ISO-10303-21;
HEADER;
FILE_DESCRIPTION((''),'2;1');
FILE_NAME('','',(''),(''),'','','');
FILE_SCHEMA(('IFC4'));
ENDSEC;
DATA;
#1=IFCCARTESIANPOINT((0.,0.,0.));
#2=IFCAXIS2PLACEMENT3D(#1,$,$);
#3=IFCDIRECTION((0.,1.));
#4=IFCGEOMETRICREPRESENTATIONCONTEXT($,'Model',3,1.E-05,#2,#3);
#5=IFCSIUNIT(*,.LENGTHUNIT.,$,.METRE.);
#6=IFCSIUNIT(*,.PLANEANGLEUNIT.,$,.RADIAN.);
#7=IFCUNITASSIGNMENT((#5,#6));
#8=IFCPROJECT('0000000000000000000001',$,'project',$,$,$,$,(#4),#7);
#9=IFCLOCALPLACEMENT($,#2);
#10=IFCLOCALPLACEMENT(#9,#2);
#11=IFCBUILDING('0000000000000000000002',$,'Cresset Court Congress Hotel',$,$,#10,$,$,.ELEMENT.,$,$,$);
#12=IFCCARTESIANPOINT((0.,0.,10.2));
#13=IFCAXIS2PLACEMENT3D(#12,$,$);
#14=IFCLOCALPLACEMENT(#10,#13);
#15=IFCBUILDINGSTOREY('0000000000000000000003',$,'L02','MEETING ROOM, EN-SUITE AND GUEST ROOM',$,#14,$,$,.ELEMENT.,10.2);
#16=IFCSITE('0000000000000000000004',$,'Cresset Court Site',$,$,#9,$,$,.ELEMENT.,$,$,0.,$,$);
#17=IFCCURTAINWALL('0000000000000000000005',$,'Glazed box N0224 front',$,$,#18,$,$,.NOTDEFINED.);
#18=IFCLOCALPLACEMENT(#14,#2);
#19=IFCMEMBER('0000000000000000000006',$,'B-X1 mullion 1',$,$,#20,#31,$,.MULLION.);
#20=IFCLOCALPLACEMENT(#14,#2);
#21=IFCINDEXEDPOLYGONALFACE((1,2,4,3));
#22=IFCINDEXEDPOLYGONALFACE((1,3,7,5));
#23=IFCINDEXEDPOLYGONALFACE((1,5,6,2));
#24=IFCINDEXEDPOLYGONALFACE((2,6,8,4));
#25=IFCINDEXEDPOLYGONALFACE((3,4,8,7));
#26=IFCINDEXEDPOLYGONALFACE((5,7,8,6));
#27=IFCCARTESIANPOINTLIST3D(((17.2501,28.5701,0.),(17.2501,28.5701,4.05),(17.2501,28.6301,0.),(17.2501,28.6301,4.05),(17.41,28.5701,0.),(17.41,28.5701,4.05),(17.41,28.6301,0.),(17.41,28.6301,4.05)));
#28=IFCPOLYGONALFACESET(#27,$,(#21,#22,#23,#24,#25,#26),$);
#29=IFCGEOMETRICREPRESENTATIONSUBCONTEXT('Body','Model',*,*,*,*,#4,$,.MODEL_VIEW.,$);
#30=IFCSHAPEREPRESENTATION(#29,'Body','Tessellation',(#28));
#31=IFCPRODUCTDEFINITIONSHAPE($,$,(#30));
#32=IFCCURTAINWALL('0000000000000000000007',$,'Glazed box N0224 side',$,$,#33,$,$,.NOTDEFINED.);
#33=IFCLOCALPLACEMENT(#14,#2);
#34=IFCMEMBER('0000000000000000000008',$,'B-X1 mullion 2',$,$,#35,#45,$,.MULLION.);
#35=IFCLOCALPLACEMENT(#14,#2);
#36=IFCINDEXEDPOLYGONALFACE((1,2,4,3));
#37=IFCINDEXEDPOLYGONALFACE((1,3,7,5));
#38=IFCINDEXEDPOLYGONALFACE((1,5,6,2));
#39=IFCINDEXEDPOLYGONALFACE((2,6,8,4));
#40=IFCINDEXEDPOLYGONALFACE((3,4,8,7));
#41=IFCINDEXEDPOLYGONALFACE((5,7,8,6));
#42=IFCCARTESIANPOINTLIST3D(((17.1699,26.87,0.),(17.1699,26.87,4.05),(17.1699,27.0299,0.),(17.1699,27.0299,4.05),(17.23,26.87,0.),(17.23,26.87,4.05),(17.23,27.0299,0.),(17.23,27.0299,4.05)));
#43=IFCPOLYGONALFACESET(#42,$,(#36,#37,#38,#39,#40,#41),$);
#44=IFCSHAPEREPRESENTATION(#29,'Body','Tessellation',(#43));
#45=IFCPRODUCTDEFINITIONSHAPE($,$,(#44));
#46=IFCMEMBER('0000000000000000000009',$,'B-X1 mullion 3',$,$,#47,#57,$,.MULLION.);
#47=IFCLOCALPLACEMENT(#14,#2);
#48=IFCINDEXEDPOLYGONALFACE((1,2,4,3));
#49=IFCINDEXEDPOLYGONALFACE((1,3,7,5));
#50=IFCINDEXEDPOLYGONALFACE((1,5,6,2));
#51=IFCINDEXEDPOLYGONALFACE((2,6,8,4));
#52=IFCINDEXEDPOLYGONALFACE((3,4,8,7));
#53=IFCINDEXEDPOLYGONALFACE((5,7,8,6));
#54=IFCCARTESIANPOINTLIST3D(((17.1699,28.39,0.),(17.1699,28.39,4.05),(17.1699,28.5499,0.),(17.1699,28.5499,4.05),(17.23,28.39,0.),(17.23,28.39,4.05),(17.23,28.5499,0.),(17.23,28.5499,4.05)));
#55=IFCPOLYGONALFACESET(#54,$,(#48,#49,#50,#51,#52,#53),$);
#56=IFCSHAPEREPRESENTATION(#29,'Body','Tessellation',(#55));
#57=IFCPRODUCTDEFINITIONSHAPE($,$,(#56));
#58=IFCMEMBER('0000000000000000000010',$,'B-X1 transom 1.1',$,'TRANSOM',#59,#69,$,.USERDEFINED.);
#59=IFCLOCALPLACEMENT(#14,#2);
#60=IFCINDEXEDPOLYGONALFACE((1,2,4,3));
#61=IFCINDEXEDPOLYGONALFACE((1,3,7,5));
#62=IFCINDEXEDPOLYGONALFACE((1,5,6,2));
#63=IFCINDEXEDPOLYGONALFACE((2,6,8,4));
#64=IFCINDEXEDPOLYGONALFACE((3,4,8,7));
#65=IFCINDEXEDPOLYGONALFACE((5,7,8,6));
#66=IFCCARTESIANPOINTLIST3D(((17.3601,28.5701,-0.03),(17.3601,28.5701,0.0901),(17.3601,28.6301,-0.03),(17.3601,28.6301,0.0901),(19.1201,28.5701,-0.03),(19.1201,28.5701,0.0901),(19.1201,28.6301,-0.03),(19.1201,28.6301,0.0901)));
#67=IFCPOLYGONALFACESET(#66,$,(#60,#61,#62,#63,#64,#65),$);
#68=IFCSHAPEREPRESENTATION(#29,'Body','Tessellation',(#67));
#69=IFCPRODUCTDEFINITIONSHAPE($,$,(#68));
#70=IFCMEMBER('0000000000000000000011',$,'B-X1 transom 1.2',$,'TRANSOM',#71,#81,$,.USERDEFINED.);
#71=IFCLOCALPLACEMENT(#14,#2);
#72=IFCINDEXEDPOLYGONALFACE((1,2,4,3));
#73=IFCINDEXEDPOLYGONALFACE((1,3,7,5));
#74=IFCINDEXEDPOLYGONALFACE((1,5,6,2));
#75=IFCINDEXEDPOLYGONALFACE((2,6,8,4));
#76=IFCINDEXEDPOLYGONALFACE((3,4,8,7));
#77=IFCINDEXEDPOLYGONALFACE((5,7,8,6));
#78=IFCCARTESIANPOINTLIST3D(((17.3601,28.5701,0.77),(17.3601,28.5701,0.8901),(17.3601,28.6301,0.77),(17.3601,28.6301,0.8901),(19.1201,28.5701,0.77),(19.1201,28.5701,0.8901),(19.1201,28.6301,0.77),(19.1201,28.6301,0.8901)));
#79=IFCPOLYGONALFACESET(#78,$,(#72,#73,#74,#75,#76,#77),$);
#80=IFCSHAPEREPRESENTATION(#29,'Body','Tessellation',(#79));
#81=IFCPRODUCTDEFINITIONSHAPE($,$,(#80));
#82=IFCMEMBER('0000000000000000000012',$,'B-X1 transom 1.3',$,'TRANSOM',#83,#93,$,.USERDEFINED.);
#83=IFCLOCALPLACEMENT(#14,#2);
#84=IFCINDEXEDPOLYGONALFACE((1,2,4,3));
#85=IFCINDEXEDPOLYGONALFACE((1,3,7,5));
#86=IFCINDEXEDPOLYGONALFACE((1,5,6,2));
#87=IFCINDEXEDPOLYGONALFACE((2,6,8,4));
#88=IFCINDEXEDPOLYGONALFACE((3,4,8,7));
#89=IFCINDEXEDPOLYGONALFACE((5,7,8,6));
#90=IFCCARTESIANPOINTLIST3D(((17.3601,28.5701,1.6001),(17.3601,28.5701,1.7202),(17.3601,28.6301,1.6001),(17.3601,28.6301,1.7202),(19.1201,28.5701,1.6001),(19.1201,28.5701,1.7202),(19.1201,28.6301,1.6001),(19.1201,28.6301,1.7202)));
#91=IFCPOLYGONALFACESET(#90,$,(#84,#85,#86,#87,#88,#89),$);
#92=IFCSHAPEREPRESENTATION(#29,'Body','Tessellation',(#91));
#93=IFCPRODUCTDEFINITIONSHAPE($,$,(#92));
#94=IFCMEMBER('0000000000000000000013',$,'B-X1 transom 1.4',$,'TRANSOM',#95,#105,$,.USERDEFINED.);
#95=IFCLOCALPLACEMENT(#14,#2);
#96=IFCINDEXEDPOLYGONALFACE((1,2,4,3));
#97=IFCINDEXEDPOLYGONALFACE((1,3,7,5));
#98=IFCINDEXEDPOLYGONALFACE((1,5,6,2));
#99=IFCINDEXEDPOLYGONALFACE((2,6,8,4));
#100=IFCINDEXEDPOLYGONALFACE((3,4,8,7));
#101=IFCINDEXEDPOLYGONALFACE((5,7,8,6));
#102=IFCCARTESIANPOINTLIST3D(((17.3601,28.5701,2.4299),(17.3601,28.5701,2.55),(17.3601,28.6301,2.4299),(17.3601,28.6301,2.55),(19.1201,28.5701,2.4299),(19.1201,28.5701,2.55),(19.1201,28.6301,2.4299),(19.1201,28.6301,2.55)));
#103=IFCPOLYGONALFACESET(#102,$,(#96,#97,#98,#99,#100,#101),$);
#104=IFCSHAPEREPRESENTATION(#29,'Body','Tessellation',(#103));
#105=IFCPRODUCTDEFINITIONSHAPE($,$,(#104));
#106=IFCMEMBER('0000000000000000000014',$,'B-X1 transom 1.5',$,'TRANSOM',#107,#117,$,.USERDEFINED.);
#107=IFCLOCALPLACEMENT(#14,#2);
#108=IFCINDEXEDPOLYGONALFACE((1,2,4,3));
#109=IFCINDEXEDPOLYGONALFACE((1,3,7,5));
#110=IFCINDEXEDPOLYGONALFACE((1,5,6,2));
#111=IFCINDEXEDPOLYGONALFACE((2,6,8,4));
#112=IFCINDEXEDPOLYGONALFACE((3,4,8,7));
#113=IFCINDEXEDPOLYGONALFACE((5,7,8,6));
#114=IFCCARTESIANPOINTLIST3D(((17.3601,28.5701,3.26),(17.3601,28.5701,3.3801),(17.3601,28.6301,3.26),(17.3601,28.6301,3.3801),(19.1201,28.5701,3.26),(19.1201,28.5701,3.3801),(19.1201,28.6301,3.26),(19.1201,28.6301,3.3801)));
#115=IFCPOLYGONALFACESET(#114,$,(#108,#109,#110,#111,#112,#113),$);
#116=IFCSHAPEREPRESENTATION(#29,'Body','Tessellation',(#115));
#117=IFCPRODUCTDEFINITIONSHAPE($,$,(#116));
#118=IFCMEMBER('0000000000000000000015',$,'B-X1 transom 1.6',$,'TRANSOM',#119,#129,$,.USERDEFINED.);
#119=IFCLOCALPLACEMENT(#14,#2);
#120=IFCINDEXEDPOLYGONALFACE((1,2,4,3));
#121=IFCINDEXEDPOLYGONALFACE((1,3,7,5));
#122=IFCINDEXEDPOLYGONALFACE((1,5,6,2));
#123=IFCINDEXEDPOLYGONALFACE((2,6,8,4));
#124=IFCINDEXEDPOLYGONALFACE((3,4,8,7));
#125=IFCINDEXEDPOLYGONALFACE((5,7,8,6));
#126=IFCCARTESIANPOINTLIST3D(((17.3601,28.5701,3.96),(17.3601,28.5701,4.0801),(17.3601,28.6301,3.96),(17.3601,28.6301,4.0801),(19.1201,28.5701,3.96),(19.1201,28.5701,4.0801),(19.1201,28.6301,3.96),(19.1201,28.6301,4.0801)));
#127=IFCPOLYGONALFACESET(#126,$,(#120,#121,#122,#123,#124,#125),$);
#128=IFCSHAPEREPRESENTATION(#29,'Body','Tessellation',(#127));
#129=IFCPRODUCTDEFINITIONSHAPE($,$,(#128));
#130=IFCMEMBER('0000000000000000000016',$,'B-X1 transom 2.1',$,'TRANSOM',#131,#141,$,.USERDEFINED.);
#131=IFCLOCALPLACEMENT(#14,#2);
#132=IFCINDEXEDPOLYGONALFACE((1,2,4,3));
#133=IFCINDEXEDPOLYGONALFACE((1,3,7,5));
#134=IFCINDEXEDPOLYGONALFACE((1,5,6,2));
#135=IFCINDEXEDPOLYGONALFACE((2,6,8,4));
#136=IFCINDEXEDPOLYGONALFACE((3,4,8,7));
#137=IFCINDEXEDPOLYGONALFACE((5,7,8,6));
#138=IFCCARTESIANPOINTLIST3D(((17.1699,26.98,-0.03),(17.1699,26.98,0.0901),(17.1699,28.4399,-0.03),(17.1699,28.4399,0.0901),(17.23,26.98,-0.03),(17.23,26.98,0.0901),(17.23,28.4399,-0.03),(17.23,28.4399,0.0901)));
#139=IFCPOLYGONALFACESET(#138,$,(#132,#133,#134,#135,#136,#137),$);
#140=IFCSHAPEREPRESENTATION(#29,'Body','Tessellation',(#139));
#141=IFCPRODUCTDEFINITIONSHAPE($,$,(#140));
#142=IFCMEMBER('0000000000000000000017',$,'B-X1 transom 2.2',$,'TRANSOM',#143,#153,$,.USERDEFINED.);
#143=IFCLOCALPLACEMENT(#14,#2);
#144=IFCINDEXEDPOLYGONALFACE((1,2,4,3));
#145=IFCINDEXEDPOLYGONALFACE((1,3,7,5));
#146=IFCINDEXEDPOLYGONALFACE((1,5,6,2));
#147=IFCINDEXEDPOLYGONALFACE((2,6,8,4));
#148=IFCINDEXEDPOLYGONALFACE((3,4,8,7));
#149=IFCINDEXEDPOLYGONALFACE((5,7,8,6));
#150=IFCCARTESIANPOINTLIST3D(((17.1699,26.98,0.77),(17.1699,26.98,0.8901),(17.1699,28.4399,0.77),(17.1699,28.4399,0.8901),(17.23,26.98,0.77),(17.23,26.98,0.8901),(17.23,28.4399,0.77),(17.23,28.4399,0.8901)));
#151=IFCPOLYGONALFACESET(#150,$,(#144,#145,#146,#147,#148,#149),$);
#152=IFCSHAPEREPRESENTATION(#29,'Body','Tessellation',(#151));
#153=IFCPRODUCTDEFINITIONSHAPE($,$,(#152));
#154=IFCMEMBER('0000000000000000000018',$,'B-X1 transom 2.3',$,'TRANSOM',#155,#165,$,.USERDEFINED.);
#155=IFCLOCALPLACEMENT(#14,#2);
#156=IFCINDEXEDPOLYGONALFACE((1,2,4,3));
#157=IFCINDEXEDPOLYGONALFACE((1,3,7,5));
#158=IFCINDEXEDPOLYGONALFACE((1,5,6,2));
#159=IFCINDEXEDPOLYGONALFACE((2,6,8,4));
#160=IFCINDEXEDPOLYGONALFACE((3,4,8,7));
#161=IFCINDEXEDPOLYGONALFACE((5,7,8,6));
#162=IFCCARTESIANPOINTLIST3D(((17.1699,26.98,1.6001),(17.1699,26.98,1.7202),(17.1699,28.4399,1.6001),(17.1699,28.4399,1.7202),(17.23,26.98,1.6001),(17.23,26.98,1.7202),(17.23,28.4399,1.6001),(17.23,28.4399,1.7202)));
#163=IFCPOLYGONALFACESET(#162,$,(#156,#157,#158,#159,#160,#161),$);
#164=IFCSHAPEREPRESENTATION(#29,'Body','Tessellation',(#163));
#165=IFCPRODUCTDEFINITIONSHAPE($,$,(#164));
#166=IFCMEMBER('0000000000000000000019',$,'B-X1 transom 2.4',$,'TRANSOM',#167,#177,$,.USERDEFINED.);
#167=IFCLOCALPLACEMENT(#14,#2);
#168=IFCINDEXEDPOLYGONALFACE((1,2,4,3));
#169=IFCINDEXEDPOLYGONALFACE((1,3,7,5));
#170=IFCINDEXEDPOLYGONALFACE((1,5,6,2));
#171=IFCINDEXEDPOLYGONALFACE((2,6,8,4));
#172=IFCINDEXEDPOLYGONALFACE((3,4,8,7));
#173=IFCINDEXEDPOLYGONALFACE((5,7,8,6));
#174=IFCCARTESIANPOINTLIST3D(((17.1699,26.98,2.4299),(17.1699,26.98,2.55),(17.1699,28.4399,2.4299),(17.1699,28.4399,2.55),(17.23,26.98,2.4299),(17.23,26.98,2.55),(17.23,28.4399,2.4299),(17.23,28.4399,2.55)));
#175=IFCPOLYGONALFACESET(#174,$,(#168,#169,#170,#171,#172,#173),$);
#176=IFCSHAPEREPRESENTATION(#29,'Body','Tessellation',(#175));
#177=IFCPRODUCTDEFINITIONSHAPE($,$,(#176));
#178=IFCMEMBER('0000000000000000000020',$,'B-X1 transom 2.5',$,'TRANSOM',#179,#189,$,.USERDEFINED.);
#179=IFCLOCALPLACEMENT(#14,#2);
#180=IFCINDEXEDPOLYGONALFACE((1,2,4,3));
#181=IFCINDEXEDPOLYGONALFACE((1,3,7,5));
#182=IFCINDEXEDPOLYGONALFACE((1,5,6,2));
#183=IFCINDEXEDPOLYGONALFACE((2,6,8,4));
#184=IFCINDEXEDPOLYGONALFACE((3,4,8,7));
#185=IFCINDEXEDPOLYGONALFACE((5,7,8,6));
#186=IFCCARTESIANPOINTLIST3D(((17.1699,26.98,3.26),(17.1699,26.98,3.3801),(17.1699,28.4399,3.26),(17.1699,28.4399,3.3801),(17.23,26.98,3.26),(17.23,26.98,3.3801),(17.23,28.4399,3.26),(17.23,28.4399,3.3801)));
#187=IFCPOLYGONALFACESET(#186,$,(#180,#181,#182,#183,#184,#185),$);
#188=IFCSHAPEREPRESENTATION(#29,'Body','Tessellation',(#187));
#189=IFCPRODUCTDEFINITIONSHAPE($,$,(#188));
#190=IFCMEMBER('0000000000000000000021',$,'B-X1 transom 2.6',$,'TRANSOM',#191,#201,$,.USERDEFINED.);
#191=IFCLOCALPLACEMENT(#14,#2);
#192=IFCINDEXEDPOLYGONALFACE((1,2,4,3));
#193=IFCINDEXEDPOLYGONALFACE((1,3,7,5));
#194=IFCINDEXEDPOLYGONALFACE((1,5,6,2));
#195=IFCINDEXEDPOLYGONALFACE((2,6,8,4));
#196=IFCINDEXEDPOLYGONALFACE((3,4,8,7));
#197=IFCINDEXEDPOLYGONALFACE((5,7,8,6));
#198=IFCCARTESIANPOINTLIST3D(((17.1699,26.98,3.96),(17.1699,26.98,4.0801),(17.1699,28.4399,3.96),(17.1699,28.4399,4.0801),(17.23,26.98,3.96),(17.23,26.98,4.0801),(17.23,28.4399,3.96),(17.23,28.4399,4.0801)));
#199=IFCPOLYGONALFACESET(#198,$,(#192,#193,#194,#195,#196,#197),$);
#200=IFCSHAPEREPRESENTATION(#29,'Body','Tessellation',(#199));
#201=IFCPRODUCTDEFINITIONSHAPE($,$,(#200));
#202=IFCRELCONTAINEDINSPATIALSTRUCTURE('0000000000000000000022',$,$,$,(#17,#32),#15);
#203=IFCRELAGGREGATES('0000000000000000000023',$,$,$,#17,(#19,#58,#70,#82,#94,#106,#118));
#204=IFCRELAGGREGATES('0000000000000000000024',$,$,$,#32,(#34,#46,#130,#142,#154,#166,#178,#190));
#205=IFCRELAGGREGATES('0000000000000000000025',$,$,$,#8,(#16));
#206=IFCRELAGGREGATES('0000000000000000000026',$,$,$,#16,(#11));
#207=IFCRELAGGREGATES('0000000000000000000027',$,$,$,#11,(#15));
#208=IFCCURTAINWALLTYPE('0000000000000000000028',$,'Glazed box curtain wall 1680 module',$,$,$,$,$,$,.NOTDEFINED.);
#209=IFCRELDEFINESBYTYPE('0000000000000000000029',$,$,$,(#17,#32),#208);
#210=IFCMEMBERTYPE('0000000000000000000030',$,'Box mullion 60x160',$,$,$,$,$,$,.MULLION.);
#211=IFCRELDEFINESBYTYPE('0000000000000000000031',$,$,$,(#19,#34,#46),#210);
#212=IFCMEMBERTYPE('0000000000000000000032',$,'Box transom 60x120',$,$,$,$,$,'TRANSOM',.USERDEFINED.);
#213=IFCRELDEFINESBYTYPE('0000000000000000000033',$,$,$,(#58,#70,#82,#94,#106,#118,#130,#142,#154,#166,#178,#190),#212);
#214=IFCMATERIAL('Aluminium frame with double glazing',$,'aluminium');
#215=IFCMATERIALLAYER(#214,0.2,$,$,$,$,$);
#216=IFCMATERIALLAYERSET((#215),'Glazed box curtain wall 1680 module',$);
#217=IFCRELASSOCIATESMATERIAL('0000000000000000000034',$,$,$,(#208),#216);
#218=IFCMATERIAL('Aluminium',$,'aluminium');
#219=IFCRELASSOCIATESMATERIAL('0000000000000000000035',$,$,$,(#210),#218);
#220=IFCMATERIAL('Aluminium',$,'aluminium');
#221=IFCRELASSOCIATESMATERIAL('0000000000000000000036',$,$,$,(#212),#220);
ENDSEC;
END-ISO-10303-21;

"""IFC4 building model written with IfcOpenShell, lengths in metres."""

from ifc_helpers import new_model, si_unit, direction, frame, origin, origin_2d, place, context, subcontext, project, spatial, rectangle, extrude, material, layer, layer_set, material_profile, profile_set, type_object, element, aggregate, save


model = new_model("IFC4")

# Units and contexts
model_context = context("Model", 3, precision=1e-05, world=origin(), true_north=direction((0.0, 1.0)))
body_context = subcontext(model_context, "Body", "Model", "MODEL_VIEW")
ifc_project = project(units=[si_unit("LENGTHUNIT", "METRE"), si_unit("PLANEANGLEUNIT", "RADIAN")], contexts=[model_context])

# Site, building, storey
site_placement = place(None, origin())
site = spatial("IfcSite", under=ifc_project, at=site_placement, Name="Cresset Court Site", CompositionType="ELEMENT", RefElevation=0.0)
building_placement = place(site_placement, origin())
building = spatial("IfcBuilding", under=site, at=building_placement, Name="Cresset Court Congress Hotel", CompositionType="ELEMENT")
storey_placement = place(building_placement, frame((0.0, 0.0, 10.2)))
storey = spatial("IfcBuildingStorey", under=building, at=storey_placement, Name="L02", Description="MEETING ROOM, EN-SUITE AND GUEST ROOM", CompositionType="ELEMENT", Elevation=10.2)

# Curtain wall, member
ifc_material_1 = material(Name="Aluminium frame with double glazing", Category="aluminium")
ifc_layer_1 = layer(ifc_material_1, 0.2)
ifc_layer_set_1 = layer_set([ifc_layer_1], Name="Glazed box curtain wall 1680 module")
curtain_wall_type = type_object("IfcCurtainWallType", Name="Glazed box curtain wall 1680 module", PredefinedType="NOTDEFINED", material=ifc_layer_set_1)
curtain_wall_1_placement = place(storey_placement, origin())
curtain_wall_1 = element("IfcCurtainWall", 1, at=curtain_wall_1_placement, inside=storey, type_object=curtain_wall_type, Name="Glazed box N0224 front", PredefinedType="NOTDEFINED")
ifc_material_2 = material(Name="Aluminium", Category="aluminium")
ifc_material_profile_1 = material_profile(ifc_material_2, rectangle(XDim=0.0601, YDim=0.1599, at=origin_2d()), Name="Box mullion 60x160")
ifc_profile_set_1 = profile_set([ifc_material_profile_1], Name="Aluminium")
member_type_1 = type_object("IfcMemberType", Name="Box mullion 60x160", PredefinedType="MULLION", material=ifc_profile_set_1)
member_1_placement = place(storey_placement, frame((17.3301, 28.6001, 0.0), z_axis=(0.0, 0.0, 1.0), x_axis=(0.0, 1.0, 0.0)))
member_1 = element("IfcMember", 2, at=member_1_placement, type_object=member_type_1, Name="B-X1 mullion 1", PredefinedType="MULLION", context=body_context, shape_type="SweptSolid", body=[
    extrude(rectangle(XDim=0.0601, YDim=0.1599, at=origin_2d()), origin(), (0.0, 0.0, 1.0), 4.05),
])

# Curtain wall, members
curtain_wall_2_placement = place(storey_placement, origin())
curtain_wall_2 = element("IfcCurtainWall", 3, at=curtain_wall_2_placement, inside=storey, type_object=curtain_wall_type, Name="Glazed box N0224 side", PredefinedType="NOTDEFINED")
member_2_placement = place(storey_placement, frame((17.2, 26.95, 0.0), z_axis=(0.0, 0.0, 1.0), x_axis=(-1.0, 0.0, 0.0)))
member_2 = element("IfcMember", 4, at=member_2_placement, type_object=member_type_1, Name="B-X1 mullion 2", PredefinedType="MULLION", context=body_context, shape_type="SweptSolid", body=[
    extrude(rectangle(XDim=0.0601, YDim=0.1599, at=origin_2d()), origin(), (0.0, 0.0, 1.0), 4.05),
])
member_3_placement = place(storey_placement, frame((17.2, 28.47, 0.0), z_axis=(0.0, 0.0, 1.0), x_axis=(-1.0, 0.0, 0.0)))
member_3 = element("IfcMember", 5, at=member_3_placement, type_object=member_type_1, Name="B-X1 mullion 3", PredefinedType="MULLION", context=body_context, shape_type="SweptSolid", body=[
    extrude(rectangle(XDim=0.0601, YDim=0.1599, at=origin_2d()), origin(), (0.0, 0.0, 1.0), 4.05),
])

# Members
ifc_material_3 = material(Name="Aluminium", Category="aluminium")
ifc_material_profile_2 = material_profile(ifc_material_3, rectangle(XDim=0.0601, YDim=0.1201, at=origin_2d()), Name="Box transom 60x120")
ifc_profile_set_2 = profile_set([ifc_material_profile_2], Name="Aluminium")
member_type_2 = type_object("IfcMemberType", Name="Box transom 60x120", ElementType="TRANSOM", PredefinedType="USERDEFINED", material=ifc_profile_set_2)
member_4_placement = place(storey_placement, frame((17.3601, 28.6001, 0.03), z_axis=(1.0, 0.0, 0.0), x_axis=(0.0, 1.0, 0.0)))
member_4 = element("IfcMember", 6, at=member_4_placement, type_object=member_type_2, Name="B-X1 transom 1.1", ObjectType="TRANSOM", PredefinedType="USERDEFINED", context=body_context, shape_type="SweptSolid", body=[
    extrude(rectangle(XDim=0.0601, YDim=0.1201, at=origin_2d()), origin(), (0.0, 0.0, 1.0), 1.76),
])
member_5_placement = place(storey_placement, frame((17.3601, 28.6001, 0.8301), z_axis=(1.0, 0.0, 0.0), x_axis=(0.0, 1.0, 0.0)))
member_5 = element("IfcMember", 7, at=member_5_placement, type_object=member_type_2, Name="B-X1 transom 1.2", ObjectType="TRANSOM", PredefinedType="USERDEFINED", context=body_context, shape_type="SweptSolid", body=[
    extrude(rectangle(XDim=0.0601, YDim=0.1201, at=origin_2d()), origin(), (0.0, 0.0, 1.0), 1.76),
])
member_6_placement = place(storey_placement, frame((17.3601, 28.6001, 1.6602), z_axis=(1.0, 0.0, 0.0), x_axis=(0.0, 1.0, 0.0)))
member_6 = element("IfcMember", 8, at=member_6_placement, type_object=member_type_2, Name="B-X1 transom 1.3", ObjectType="TRANSOM", PredefinedType="USERDEFINED", context=body_context, shape_type="SweptSolid", body=[
    extrude(rectangle(XDim=0.0601, YDim=0.1201, at=origin_2d()), origin(), (0.0, 0.0, 1.0), 1.76),
])
member_7_placement = place(storey_placement, frame((17.3601, 28.6001, 2.49), z_axis=(1.0, 0.0, 0.0), x_axis=(0.0, 1.0, 0.0)))
member_7 = element("IfcMember", 9, at=member_7_placement, type_object=member_type_2, Name="B-X1 transom 1.4", ObjectType="TRANSOM", PredefinedType="USERDEFINED", context=body_context, shape_type="SweptSolid", body=[
    extrude(rectangle(XDim=0.0601, YDim=0.1201, at=origin_2d()), origin(), (0.0, 0.0, 1.0), 1.76),
])
member_8_placement = place(storey_placement, frame((17.3601, 28.6001, 3.3201), z_axis=(1.0, 0.0, 0.0), x_axis=(0.0, 1.0, 0.0)))
member_8 = element("IfcMember", 10, at=member_8_placement, type_object=member_type_2, Name="B-X1 transom 1.5", ObjectType="TRANSOM", PredefinedType="USERDEFINED", context=body_context, shape_type="SweptSolid", body=[
    extrude(rectangle(XDim=0.0601, YDim=0.1201, at=origin_2d()), origin(), (0.0, 0.0, 1.0), 1.76),
])
member_9_placement = place(storey_placement, frame((17.3601, 28.6001, 4.02), z_axis=(1.0, 0.0, 0.0), x_axis=(0.0, 1.0, 0.0)))
member_9 = element("IfcMember", 11, at=member_9_placement, type_object=member_type_2, Name="B-X1 transom 1.6", ObjectType="TRANSOM", PredefinedType="USERDEFINED", context=body_context, shape_type="SweptSolid", body=[
    extrude(rectangle(XDim=0.0601, YDim=0.1201, at=origin_2d()), origin(), (0.0, 0.0, 1.0), 1.76),
])
member_10_placement = place(storey_placement, frame((17.2, 26.98, 0.03), z_axis=(0.0, 1.0, 0.0), x_axis=(-1.0, 0.0, 0.0)))
member_10 = element("IfcMember", 12, at=member_10_placement, type_object=member_type_2, Name="B-X1 transom 2.1", ObjectType="TRANSOM", PredefinedType="USERDEFINED", context=body_context, shape_type="SweptSolid", body=[
    extrude(rectangle(XDim=0.0601, YDim=0.1201, at=origin_2d()), origin(), (0.0, 0.0, 1.0), 1.46),
])
member_11_placement = place(storey_placement, frame((17.2, 26.98, 0.8301), z_axis=(0.0, 1.0, 0.0), x_axis=(-1.0, 0.0, 0.0)))
member_11 = element("IfcMember", 13, at=member_11_placement, type_object=member_type_2, Name="B-X1 transom 2.2", ObjectType="TRANSOM", PredefinedType="USERDEFINED", context=body_context, shape_type="SweptSolid", body=[
    extrude(rectangle(XDim=0.0601, YDim=0.1201, at=origin_2d()), origin(), (0.0, 0.0, 1.0), 1.46),
])
member_12_placement = place(storey_placement, frame((17.2, 26.98, 1.6602), z_axis=(0.0, 1.0, 0.0), x_axis=(-1.0, 0.0, 0.0)))
member_12 = element("IfcMember", 14, at=member_12_placement, type_object=member_type_2, Name="B-X1 transom 2.3", ObjectType="TRANSOM", PredefinedType="USERDEFINED", context=body_context, shape_type="SweptSolid", body=[
    extrude(rectangle(XDim=0.0601, YDim=0.1201, at=origin_2d()), origin(), (0.0, 0.0, 1.0), 1.46),
])
member_13_placement = place(storey_placement, frame((17.2, 26.98, 2.49), z_axis=(0.0, 1.0, 0.0), x_axis=(-1.0, 0.0, 0.0)))
member_13 = element("IfcMember", 15, at=member_13_placement, type_object=member_type_2, Name="B-X1 transom 2.4", ObjectType="TRANSOM", PredefinedType="USERDEFINED", context=body_context, shape_type="SweptSolid", body=[
    extrude(rectangle(XDim=0.0601, YDim=0.1201, at=origin_2d()), origin(), (0.0, 0.0, 1.0), 1.46),
])
member_14_placement = place(storey_placement, frame((17.2, 26.98, 3.3201), z_axis=(0.0, 1.0, 0.0), x_axis=(-1.0, 0.0, 0.0)))
member_14 = element("IfcMember", 16, at=member_14_placement, type_object=member_type_2, Name="B-X1 transom 2.5", ObjectType="TRANSOM", PredefinedType="USERDEFINED", context=body_context, shape_type="SweptSolid", body=[
    extrude(rectangle(XDim=0.0601, YDim=0.1201, at=origin_2d()), origin(), (0.0, 0.0, 1.0), 1.46),
])
member_15_placement = place(storey_placement, frame((17.2, 26.98, 4.02), z_axis=(0.0, 1.0, 0.0), x_axis=(-1.0, 0.0, 0.0)))
member_15 = element("IfcMember", 17, at=member_15_placement, type_object=member_type_2, Name="B-X1 transom 2.6", ObjectType="TRANSOM", PredefinedType="USERDEFINED", context=body_context, shape_type="SweptSolid", body=[
    extrude(rectangle(XDim=0.0601, YDim=0.1201, at=origin_2d()), origin(), (0.0, 0.0, 1.0), 1.46),
])

aggregate(curtain_wall_1, [member_1, member_4, member_5, member_6, member_7, member_8, member_9])
aggregate(curtain_wall_2, [member_2, member_3, member_10, member_11, member_12, member_13, member_14, member_15])

save(model, "model.ifc")
